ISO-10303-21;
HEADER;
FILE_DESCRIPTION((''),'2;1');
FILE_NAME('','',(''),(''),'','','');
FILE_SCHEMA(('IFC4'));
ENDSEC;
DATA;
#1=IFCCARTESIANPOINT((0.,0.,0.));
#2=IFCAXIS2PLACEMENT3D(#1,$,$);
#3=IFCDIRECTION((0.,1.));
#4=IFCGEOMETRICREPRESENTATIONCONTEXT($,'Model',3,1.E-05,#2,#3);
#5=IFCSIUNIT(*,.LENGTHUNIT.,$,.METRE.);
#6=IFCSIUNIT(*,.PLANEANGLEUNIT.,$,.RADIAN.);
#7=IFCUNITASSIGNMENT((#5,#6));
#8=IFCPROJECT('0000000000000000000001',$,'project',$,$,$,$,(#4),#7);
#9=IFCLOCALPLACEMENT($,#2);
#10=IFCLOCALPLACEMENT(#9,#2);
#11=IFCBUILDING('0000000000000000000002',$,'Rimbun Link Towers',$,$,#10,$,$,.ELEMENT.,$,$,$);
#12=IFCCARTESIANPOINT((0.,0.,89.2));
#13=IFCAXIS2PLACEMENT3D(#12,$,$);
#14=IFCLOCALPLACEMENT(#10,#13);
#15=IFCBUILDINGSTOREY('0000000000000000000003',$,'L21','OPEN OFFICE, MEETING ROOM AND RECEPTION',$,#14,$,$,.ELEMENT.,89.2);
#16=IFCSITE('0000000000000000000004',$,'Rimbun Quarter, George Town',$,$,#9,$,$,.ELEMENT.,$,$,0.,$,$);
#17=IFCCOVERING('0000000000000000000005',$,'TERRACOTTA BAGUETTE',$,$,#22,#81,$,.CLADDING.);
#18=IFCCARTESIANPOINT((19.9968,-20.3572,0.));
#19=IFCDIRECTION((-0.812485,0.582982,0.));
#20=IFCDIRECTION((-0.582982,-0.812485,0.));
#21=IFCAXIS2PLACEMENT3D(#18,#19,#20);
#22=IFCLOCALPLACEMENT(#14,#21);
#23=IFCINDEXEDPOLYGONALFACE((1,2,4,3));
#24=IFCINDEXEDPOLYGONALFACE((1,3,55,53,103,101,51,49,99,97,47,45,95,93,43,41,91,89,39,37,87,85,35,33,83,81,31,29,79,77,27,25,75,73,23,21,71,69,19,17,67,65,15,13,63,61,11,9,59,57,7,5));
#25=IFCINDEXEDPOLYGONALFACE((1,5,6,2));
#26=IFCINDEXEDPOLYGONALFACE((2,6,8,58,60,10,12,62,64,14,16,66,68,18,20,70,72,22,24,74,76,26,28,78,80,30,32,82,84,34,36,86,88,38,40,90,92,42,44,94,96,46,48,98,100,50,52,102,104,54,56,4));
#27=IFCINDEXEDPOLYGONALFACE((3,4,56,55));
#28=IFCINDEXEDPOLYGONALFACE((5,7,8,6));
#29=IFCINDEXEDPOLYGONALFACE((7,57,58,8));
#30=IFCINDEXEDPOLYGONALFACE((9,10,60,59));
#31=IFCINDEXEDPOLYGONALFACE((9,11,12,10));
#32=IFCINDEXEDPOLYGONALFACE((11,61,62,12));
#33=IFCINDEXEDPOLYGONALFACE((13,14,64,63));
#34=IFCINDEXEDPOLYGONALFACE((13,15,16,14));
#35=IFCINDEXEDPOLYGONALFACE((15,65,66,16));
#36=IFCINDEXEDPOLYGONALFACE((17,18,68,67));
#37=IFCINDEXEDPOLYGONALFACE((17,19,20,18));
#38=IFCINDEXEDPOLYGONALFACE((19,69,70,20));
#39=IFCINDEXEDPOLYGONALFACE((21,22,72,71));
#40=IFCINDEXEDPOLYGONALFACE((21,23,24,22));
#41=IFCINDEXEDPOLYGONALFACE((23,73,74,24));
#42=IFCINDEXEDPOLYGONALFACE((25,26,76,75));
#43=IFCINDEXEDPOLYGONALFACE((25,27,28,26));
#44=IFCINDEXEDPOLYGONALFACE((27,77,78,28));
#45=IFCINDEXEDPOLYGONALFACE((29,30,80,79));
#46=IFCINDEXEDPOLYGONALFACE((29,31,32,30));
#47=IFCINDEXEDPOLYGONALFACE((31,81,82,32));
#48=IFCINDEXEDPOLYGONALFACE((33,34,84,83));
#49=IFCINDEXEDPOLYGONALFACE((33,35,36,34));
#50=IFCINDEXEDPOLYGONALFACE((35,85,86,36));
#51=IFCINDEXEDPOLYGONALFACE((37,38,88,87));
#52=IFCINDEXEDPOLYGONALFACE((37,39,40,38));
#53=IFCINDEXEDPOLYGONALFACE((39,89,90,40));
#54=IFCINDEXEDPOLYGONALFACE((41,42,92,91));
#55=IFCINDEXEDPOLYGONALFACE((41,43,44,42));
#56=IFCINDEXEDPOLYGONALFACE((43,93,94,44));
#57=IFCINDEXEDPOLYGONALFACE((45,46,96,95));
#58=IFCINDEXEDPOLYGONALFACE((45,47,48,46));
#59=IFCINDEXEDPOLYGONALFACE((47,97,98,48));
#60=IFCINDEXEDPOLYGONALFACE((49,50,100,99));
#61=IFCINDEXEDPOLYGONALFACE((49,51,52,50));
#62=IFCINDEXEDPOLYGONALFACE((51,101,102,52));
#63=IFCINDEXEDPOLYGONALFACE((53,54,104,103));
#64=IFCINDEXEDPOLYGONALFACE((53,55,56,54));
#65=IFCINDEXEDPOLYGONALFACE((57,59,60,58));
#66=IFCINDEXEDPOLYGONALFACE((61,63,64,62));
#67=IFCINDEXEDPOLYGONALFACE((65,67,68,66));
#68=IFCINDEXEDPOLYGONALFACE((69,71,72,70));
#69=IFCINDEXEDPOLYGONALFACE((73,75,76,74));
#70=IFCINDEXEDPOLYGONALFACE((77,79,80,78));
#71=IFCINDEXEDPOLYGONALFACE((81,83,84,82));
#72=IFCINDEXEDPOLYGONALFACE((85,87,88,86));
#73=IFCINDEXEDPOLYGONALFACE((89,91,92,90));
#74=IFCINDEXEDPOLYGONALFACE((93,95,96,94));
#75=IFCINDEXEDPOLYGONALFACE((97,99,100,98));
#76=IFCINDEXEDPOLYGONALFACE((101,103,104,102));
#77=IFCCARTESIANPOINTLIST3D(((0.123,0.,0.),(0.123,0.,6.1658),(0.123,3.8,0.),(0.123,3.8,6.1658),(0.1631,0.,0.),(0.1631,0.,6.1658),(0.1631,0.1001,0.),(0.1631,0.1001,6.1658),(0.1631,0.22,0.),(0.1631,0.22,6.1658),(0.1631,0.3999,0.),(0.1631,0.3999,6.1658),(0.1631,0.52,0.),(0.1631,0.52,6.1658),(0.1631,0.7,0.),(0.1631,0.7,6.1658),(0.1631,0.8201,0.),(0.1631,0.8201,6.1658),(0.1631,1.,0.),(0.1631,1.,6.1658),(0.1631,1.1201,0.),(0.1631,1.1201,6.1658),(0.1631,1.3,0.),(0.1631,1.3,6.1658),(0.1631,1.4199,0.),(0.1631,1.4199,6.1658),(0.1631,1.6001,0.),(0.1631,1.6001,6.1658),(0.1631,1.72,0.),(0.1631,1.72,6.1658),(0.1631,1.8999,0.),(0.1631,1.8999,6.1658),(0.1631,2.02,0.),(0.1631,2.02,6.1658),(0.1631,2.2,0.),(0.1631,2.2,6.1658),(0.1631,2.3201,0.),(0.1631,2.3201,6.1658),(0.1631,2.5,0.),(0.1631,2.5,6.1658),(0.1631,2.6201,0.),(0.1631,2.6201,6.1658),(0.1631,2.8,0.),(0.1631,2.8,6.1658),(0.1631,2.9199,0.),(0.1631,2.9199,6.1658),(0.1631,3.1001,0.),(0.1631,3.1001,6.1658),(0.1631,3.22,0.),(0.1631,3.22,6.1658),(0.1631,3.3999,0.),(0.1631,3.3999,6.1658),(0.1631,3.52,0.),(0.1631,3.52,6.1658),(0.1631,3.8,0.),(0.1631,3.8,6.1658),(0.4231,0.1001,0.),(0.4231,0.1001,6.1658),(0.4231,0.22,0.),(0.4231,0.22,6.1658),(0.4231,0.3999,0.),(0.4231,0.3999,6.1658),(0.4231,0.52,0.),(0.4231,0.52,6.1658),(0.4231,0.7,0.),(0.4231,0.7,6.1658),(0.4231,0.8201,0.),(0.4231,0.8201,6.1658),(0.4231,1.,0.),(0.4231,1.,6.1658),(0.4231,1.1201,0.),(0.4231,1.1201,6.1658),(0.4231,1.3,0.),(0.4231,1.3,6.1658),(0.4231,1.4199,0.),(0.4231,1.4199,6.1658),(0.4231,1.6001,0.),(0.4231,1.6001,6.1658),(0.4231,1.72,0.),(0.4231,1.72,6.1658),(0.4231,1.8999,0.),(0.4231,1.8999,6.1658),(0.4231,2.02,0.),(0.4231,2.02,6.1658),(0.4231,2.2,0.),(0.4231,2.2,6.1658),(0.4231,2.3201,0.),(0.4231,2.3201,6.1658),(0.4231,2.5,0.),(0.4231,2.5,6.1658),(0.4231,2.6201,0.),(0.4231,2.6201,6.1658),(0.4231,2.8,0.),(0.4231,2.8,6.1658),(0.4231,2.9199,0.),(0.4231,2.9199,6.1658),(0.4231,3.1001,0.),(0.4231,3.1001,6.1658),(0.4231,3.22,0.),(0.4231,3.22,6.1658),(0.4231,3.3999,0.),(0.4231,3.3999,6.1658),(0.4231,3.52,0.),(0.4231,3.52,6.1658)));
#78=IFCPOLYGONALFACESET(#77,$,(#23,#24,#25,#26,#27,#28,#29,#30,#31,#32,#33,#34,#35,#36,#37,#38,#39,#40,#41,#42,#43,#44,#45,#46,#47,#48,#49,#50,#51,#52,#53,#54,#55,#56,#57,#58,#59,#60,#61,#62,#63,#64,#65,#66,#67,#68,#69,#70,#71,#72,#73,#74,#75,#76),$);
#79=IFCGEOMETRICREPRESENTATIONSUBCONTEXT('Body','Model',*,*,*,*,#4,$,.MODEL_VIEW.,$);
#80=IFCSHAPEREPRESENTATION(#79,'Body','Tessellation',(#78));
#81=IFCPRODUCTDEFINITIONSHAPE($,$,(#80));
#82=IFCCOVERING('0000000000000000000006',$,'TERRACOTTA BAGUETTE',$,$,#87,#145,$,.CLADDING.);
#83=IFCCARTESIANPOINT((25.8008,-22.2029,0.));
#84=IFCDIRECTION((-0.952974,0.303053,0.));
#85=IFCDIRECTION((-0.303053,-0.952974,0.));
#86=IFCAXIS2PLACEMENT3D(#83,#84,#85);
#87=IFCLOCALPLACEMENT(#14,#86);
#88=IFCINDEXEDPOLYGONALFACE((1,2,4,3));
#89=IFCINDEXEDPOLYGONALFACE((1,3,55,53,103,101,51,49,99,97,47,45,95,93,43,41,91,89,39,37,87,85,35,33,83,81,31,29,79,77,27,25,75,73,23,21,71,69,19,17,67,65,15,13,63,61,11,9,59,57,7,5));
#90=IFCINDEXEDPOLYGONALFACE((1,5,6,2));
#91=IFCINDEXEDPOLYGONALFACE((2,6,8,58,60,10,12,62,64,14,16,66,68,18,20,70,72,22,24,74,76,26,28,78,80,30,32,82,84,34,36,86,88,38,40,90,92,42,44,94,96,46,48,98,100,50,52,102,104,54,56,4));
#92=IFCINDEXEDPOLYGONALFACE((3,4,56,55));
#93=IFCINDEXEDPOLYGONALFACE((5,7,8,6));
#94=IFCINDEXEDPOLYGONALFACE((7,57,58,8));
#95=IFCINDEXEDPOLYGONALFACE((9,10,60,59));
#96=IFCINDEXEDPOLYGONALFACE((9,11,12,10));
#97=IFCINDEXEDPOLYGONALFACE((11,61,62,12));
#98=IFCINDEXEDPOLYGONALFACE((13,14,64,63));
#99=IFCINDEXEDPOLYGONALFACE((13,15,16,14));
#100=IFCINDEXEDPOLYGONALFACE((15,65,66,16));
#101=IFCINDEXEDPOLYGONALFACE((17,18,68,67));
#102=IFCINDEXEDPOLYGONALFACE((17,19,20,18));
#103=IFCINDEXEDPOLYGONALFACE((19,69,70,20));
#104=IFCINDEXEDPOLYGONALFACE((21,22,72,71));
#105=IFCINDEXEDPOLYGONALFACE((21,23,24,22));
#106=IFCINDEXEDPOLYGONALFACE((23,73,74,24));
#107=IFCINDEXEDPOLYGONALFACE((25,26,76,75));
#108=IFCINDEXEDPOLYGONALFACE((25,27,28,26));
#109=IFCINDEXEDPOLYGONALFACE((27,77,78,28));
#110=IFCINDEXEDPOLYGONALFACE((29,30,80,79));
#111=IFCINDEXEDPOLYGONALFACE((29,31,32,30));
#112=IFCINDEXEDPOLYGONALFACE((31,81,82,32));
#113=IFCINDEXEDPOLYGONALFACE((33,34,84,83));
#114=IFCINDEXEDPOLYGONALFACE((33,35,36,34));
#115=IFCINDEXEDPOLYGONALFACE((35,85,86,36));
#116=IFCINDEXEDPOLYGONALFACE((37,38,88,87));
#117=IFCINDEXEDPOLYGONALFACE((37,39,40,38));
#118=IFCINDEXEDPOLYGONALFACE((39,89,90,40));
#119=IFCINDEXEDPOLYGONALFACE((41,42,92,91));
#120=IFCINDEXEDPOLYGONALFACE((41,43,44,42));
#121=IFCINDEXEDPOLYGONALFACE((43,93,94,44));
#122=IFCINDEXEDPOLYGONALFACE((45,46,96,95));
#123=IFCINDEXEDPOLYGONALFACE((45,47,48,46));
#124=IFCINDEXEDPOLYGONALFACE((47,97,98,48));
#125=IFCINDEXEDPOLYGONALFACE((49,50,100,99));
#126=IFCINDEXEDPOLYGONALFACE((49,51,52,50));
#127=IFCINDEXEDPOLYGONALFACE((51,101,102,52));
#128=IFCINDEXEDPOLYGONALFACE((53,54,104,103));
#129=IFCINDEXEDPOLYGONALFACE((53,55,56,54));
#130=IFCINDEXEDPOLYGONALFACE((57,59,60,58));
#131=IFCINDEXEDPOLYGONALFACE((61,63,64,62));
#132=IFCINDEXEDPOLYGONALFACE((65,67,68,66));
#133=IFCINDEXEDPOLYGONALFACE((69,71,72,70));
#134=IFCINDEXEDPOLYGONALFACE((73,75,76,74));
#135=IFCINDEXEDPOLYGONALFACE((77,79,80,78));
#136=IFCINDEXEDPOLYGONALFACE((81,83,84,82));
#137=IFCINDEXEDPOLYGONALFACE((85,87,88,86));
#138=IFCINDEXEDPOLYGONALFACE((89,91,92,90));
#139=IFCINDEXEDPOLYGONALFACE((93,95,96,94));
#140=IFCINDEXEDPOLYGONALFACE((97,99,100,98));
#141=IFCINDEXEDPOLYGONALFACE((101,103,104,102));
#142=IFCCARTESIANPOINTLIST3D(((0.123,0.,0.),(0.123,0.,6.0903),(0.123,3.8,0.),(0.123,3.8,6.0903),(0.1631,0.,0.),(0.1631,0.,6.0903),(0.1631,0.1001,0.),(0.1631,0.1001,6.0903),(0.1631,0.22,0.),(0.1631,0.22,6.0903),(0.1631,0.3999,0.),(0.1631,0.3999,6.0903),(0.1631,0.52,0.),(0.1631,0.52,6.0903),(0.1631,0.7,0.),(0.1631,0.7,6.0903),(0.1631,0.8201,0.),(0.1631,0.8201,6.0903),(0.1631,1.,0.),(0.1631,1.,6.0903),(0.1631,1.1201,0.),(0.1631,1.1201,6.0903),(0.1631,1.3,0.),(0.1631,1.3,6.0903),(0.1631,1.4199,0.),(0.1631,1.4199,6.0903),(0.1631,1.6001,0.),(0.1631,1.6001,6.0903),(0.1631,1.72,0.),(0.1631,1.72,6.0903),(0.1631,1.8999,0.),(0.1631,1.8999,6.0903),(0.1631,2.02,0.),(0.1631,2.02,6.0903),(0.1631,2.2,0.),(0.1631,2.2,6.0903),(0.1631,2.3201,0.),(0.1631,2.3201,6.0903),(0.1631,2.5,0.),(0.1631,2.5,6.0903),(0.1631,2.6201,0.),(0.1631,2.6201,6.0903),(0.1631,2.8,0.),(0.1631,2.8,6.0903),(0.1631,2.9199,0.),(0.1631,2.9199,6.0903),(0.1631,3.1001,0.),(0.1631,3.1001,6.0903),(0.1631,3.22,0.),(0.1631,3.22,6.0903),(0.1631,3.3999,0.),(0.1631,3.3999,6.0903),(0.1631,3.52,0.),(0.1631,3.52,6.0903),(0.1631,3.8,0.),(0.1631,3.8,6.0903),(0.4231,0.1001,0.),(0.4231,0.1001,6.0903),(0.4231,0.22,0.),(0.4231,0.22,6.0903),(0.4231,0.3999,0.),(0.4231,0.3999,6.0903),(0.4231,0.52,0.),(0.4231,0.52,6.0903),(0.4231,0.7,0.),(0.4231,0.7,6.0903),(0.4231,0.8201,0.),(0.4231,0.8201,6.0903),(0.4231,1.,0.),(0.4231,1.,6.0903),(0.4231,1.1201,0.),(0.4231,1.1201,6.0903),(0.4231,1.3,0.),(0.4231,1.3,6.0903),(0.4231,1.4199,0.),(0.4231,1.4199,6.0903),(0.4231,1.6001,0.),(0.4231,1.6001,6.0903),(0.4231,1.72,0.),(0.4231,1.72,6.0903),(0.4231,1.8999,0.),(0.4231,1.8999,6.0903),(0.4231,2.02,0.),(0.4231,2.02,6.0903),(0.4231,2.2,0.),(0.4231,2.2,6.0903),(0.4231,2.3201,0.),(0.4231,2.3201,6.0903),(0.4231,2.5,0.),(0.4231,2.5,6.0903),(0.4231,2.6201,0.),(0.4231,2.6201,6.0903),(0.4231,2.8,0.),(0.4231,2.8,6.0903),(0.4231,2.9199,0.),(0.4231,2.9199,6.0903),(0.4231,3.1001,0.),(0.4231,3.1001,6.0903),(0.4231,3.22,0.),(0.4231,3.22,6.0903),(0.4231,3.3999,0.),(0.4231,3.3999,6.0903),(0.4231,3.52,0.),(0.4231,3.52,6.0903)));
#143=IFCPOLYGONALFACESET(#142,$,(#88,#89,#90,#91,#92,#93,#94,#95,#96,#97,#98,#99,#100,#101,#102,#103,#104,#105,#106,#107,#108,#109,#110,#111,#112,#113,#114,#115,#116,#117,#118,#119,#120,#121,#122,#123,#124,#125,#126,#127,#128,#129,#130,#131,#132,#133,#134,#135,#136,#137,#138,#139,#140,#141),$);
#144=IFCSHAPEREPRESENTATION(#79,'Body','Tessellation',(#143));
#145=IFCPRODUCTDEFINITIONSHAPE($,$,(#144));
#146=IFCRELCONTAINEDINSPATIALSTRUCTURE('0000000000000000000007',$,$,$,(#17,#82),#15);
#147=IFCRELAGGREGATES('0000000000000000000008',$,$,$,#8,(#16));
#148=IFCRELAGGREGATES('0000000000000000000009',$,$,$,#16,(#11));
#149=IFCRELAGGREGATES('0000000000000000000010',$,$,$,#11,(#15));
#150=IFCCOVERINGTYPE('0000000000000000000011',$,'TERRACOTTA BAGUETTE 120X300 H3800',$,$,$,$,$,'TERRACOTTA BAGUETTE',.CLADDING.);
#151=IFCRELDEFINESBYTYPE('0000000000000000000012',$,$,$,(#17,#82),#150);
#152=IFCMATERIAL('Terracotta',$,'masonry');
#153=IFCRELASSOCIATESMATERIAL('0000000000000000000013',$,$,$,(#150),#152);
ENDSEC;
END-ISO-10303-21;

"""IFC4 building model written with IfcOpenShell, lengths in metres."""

from ifc_helpers import new_model, si_unit, direction, frame, origin, place, context, subcontext, project, spatial, polyline, outline, extrude, material, material_profile, profile_set, type_object, element, save


model = new_model("IFC4")

# Units and contexts
model_context = context("Model", 3, precision=1e-05, world=origin(), true_north=direction((0.0, 1.0)))
body_context = subcontext(model_context, "Body", "Model", "MODEL_VIEW")
ifc_project = project(units=[si_unit("LENGTHUNIT", "METRE"), si_unit("PLANEANGLEUNIT", "RADIAN")], contexts=[model_context])

# Site, building, storey
site_placement = place(None, origin())
site = spatial("IfcSite", under=ifc_project, at=site_placement, Name="Rimbun Quarter, George Town", CompositionType="ELEMENT", RefElevation=0.0)
building_placement = place(site_placement, origin())
building = spatial("IfcBuilding", under=site, at=building_placement, Name="Rimbun Link Towers", CompositionType="ELEMENT")
storey_placement = place(building_placement, frame((0.0, 0.0, 89.2)))
storey = spatial("IfcBuildingStorey", under=building, at=storey_placement, Name="L21", Description="OPEN OFFICE, MEETING ROOM AND RECEPTION", CompositionType="ELEMENT", Elevation=89.2)

# Coverings
ifc_material_1 = material(Name="Terracotta", Category="masonry")
ifc_material_profile_1 = material_profile(ifc_material_1, outline(polyline([(0.123, 0.0), (0.1631, 0.0), (0.1631, 0.1001), (0.4231, 0.1001), (0.4231, 0.22), (0.1631, 0.22), (0.1631, 0.3999), (0.4231, 0.3999), (0.4231, 0.52), (0.1631, 0.52), (0.1631, 0.7), (0.4231, 0.7), (0.4231, 0.8201), (0.1631, 0.8201), (0.1631, 1.0), (0.4231, 1.0), (0.4231, 1.1201), (0.1631, 1.1201), (0.1631, 1.3), (0.4231, 1.3), (0.4231, 1.4199), (0.1631, 1.4199), (0.1631, 1.6001), (0.4231, 1.6001), (0.4231, 1.72), (0.1631, 1.72), (0.1631, 1.8999), (0.4231, 1.8999), (0.4231, 2.02), (0.1631, 2.02), (0.1631, 2.2), (0.4231, 2.2), (0.4231, 2.3201), (0.1631, 2.3201), (0.1631, 2.5), (0.4231, 2.5), (0.4231, 2.6201), (0.1631, 2.6201), (0.1631, 2.8), (0.4231, 2.8), (0.4231, 2.9199), (0.1631, 2.9199), (0.1631, 3.1001), (0.4231, 3.1001), (0.4231, 3.22), (0.1631, 3.22), (0.1631, 3.3999), (0.4231, 3.3999), (0.4231, 3.52), (0.1631, 3.52), (0.1631, 3.8), (0.123, 3.8), (0.123, 0.0)])), Name="BAGUETTE 120X300")
ifc_profile_set_1 = profile_set([ifc_material_profile_1], Name="Terracotta")
covering_type = type_object("IfcCoveringType", Name="TERRACOTTA BAGUETTE 120X300 H3800", ElementType="TERRACOTTA BAGUETTE", PredefinedType="CLADDING", material=ifc_profile_set_1)
for number, where, z_axis, x_axis, name in (
    (1, (19.9968, -20.3572, 0.0), (-0.812485, 0.582982, 0.0), (-0.582982, -0.812485, 0.0), "TERRACOTTA BAGUETTE"),
):
    element("IfcCovering", number, at=place(storey_placement, frame(where, z_axis=z_axis, x_axis=x_axis)), inside=storey, type_object=covering_type, Name=name, PredefinedType="CLADDING", context=body_context, shape_type="SweptSolid", body=[
        extrude(outline(polyline([(0.123, 0.0), (0.1631, 0.0), (0.1631, 0.1001), (0.4231, 0.1001), (0.4231, 0.22), (0.1631, 0.22), (0.1631, 0.3999), (0.4231, 0.3999), (0.4231, 0.52), (0.1631, 0.52), (0.1631, 0.7), (0.4231, 0.7), (0.4231, 0.8201), (0.1631, 0.8201), (0.1631, 1.0), (0.4231, 1.0), (0.4231, 1.1201), (0.1631, 1.1201), (0.1631, 1.3), (0.4231, 1.3), (0.4231, 1.4199), (0.1631, 1.4199), (0.1631, 1.6001), (0.4231, 1.6001), (0.4231, 1.72), (0.1631, 1.72), (0.1631, 1.8999), (0.4231, 1.8999), (0.4231, 2.02), (0.1631, 2.02), (0.1631, 2.2), (0.4231, 2.2), (0.4231, 2.3201), (0.1631, 2.3201), (0.1631, 2.5), (0.4231, 2.5), (0.4231, 2.6201), (0.1631, 2.6201), (0.1631, 2.8), (0.4231, 2.8), (0.4231, 2.9199), (0.1631, 2.9199), (0.1631, 3.1001), (0.4231, 3.1001), (0.4231, 3.22), (0.1631, 3.22), (0.1631, 3.3999), (0.4231, 3.3999), (0.4231, 3.52), (0.1631, 3.52), (0.1631, 3.8), (0.123, 3.8), (0.123, 0.0)])), origin(), (0.0, 0.0, 1.0), 6.1658),
    ])
covering_placement = place(storey_placement, frame((25.8008, -22.2029, 0.0), z_axis=(-0.952974, 0.303053, 0.0), x_axis=(-0.303053, -0.952974, 0.0)))
element("IfcCovering", 2, at=covering_placement, inside=storey, type_object=covering_type, Name="TERRACOTTA BAGUETTE", PredefinedType="CLADDING", context=body_context, shape_type="SweptSolid", body=[
    extrude(outline(polyline([(0.123, 0.0), (0.1631, 0.0), (0.1631, 0.1001), (0.4231, 0.1001), (0.4231, 0.22), (0.1631, 0.22), (0.1631, 0.3999), (0.4231, 0.3999), (0.4231, 0.52), (0.1631, 0.52), (0.1631, 0.7), (0.4231, 0.7), (0.4231, 0.8201), (0.1631, 0.8201), (0.1631, 1.0), (0.4231, 1.0), (0.4231, 1.1201), (0.1631, 1.1201), (0.1631, 1.3), (0.4231, 1.3), (0.4231, 1.4199), (0.1631, 1.4199), (0.1631, 1.6001), (0.4231, 1.6001), (0.4231, 1.72), (0.1631, 1.72), (0.1631, 1.8999), (0.4231, 1.8999), (0.4231, 2.02), (0.1631, 2.02), (0.1631, 2.2), (0.4231, 2.2), (0.4231, 2.3201), (0.1631, 2.3201), (0.1631, 2.5), (0.4231, 2.5), (0.4231, 2.6201), (0.1631, 2.6201), (0.1631, 2.8), (0.4231, 2.8), (0.4231, 2.9199), (0.1631, 2.9199), (0.1631, 3.1001), (0.4231, 3.1001), (0.4231, 3.22), (0.1631, 3.22), (0.1631, 3.3999), (0.4231, 3.3999), (0.4231, 3.52), (0.1631, 3.52), (0.1631, 3.8), (0.123, 3.8), (0.123, 0.0)])), origin(), (0.0, 0.0, 1.0), 6.0903),
])

save(model, "model.ifc")
